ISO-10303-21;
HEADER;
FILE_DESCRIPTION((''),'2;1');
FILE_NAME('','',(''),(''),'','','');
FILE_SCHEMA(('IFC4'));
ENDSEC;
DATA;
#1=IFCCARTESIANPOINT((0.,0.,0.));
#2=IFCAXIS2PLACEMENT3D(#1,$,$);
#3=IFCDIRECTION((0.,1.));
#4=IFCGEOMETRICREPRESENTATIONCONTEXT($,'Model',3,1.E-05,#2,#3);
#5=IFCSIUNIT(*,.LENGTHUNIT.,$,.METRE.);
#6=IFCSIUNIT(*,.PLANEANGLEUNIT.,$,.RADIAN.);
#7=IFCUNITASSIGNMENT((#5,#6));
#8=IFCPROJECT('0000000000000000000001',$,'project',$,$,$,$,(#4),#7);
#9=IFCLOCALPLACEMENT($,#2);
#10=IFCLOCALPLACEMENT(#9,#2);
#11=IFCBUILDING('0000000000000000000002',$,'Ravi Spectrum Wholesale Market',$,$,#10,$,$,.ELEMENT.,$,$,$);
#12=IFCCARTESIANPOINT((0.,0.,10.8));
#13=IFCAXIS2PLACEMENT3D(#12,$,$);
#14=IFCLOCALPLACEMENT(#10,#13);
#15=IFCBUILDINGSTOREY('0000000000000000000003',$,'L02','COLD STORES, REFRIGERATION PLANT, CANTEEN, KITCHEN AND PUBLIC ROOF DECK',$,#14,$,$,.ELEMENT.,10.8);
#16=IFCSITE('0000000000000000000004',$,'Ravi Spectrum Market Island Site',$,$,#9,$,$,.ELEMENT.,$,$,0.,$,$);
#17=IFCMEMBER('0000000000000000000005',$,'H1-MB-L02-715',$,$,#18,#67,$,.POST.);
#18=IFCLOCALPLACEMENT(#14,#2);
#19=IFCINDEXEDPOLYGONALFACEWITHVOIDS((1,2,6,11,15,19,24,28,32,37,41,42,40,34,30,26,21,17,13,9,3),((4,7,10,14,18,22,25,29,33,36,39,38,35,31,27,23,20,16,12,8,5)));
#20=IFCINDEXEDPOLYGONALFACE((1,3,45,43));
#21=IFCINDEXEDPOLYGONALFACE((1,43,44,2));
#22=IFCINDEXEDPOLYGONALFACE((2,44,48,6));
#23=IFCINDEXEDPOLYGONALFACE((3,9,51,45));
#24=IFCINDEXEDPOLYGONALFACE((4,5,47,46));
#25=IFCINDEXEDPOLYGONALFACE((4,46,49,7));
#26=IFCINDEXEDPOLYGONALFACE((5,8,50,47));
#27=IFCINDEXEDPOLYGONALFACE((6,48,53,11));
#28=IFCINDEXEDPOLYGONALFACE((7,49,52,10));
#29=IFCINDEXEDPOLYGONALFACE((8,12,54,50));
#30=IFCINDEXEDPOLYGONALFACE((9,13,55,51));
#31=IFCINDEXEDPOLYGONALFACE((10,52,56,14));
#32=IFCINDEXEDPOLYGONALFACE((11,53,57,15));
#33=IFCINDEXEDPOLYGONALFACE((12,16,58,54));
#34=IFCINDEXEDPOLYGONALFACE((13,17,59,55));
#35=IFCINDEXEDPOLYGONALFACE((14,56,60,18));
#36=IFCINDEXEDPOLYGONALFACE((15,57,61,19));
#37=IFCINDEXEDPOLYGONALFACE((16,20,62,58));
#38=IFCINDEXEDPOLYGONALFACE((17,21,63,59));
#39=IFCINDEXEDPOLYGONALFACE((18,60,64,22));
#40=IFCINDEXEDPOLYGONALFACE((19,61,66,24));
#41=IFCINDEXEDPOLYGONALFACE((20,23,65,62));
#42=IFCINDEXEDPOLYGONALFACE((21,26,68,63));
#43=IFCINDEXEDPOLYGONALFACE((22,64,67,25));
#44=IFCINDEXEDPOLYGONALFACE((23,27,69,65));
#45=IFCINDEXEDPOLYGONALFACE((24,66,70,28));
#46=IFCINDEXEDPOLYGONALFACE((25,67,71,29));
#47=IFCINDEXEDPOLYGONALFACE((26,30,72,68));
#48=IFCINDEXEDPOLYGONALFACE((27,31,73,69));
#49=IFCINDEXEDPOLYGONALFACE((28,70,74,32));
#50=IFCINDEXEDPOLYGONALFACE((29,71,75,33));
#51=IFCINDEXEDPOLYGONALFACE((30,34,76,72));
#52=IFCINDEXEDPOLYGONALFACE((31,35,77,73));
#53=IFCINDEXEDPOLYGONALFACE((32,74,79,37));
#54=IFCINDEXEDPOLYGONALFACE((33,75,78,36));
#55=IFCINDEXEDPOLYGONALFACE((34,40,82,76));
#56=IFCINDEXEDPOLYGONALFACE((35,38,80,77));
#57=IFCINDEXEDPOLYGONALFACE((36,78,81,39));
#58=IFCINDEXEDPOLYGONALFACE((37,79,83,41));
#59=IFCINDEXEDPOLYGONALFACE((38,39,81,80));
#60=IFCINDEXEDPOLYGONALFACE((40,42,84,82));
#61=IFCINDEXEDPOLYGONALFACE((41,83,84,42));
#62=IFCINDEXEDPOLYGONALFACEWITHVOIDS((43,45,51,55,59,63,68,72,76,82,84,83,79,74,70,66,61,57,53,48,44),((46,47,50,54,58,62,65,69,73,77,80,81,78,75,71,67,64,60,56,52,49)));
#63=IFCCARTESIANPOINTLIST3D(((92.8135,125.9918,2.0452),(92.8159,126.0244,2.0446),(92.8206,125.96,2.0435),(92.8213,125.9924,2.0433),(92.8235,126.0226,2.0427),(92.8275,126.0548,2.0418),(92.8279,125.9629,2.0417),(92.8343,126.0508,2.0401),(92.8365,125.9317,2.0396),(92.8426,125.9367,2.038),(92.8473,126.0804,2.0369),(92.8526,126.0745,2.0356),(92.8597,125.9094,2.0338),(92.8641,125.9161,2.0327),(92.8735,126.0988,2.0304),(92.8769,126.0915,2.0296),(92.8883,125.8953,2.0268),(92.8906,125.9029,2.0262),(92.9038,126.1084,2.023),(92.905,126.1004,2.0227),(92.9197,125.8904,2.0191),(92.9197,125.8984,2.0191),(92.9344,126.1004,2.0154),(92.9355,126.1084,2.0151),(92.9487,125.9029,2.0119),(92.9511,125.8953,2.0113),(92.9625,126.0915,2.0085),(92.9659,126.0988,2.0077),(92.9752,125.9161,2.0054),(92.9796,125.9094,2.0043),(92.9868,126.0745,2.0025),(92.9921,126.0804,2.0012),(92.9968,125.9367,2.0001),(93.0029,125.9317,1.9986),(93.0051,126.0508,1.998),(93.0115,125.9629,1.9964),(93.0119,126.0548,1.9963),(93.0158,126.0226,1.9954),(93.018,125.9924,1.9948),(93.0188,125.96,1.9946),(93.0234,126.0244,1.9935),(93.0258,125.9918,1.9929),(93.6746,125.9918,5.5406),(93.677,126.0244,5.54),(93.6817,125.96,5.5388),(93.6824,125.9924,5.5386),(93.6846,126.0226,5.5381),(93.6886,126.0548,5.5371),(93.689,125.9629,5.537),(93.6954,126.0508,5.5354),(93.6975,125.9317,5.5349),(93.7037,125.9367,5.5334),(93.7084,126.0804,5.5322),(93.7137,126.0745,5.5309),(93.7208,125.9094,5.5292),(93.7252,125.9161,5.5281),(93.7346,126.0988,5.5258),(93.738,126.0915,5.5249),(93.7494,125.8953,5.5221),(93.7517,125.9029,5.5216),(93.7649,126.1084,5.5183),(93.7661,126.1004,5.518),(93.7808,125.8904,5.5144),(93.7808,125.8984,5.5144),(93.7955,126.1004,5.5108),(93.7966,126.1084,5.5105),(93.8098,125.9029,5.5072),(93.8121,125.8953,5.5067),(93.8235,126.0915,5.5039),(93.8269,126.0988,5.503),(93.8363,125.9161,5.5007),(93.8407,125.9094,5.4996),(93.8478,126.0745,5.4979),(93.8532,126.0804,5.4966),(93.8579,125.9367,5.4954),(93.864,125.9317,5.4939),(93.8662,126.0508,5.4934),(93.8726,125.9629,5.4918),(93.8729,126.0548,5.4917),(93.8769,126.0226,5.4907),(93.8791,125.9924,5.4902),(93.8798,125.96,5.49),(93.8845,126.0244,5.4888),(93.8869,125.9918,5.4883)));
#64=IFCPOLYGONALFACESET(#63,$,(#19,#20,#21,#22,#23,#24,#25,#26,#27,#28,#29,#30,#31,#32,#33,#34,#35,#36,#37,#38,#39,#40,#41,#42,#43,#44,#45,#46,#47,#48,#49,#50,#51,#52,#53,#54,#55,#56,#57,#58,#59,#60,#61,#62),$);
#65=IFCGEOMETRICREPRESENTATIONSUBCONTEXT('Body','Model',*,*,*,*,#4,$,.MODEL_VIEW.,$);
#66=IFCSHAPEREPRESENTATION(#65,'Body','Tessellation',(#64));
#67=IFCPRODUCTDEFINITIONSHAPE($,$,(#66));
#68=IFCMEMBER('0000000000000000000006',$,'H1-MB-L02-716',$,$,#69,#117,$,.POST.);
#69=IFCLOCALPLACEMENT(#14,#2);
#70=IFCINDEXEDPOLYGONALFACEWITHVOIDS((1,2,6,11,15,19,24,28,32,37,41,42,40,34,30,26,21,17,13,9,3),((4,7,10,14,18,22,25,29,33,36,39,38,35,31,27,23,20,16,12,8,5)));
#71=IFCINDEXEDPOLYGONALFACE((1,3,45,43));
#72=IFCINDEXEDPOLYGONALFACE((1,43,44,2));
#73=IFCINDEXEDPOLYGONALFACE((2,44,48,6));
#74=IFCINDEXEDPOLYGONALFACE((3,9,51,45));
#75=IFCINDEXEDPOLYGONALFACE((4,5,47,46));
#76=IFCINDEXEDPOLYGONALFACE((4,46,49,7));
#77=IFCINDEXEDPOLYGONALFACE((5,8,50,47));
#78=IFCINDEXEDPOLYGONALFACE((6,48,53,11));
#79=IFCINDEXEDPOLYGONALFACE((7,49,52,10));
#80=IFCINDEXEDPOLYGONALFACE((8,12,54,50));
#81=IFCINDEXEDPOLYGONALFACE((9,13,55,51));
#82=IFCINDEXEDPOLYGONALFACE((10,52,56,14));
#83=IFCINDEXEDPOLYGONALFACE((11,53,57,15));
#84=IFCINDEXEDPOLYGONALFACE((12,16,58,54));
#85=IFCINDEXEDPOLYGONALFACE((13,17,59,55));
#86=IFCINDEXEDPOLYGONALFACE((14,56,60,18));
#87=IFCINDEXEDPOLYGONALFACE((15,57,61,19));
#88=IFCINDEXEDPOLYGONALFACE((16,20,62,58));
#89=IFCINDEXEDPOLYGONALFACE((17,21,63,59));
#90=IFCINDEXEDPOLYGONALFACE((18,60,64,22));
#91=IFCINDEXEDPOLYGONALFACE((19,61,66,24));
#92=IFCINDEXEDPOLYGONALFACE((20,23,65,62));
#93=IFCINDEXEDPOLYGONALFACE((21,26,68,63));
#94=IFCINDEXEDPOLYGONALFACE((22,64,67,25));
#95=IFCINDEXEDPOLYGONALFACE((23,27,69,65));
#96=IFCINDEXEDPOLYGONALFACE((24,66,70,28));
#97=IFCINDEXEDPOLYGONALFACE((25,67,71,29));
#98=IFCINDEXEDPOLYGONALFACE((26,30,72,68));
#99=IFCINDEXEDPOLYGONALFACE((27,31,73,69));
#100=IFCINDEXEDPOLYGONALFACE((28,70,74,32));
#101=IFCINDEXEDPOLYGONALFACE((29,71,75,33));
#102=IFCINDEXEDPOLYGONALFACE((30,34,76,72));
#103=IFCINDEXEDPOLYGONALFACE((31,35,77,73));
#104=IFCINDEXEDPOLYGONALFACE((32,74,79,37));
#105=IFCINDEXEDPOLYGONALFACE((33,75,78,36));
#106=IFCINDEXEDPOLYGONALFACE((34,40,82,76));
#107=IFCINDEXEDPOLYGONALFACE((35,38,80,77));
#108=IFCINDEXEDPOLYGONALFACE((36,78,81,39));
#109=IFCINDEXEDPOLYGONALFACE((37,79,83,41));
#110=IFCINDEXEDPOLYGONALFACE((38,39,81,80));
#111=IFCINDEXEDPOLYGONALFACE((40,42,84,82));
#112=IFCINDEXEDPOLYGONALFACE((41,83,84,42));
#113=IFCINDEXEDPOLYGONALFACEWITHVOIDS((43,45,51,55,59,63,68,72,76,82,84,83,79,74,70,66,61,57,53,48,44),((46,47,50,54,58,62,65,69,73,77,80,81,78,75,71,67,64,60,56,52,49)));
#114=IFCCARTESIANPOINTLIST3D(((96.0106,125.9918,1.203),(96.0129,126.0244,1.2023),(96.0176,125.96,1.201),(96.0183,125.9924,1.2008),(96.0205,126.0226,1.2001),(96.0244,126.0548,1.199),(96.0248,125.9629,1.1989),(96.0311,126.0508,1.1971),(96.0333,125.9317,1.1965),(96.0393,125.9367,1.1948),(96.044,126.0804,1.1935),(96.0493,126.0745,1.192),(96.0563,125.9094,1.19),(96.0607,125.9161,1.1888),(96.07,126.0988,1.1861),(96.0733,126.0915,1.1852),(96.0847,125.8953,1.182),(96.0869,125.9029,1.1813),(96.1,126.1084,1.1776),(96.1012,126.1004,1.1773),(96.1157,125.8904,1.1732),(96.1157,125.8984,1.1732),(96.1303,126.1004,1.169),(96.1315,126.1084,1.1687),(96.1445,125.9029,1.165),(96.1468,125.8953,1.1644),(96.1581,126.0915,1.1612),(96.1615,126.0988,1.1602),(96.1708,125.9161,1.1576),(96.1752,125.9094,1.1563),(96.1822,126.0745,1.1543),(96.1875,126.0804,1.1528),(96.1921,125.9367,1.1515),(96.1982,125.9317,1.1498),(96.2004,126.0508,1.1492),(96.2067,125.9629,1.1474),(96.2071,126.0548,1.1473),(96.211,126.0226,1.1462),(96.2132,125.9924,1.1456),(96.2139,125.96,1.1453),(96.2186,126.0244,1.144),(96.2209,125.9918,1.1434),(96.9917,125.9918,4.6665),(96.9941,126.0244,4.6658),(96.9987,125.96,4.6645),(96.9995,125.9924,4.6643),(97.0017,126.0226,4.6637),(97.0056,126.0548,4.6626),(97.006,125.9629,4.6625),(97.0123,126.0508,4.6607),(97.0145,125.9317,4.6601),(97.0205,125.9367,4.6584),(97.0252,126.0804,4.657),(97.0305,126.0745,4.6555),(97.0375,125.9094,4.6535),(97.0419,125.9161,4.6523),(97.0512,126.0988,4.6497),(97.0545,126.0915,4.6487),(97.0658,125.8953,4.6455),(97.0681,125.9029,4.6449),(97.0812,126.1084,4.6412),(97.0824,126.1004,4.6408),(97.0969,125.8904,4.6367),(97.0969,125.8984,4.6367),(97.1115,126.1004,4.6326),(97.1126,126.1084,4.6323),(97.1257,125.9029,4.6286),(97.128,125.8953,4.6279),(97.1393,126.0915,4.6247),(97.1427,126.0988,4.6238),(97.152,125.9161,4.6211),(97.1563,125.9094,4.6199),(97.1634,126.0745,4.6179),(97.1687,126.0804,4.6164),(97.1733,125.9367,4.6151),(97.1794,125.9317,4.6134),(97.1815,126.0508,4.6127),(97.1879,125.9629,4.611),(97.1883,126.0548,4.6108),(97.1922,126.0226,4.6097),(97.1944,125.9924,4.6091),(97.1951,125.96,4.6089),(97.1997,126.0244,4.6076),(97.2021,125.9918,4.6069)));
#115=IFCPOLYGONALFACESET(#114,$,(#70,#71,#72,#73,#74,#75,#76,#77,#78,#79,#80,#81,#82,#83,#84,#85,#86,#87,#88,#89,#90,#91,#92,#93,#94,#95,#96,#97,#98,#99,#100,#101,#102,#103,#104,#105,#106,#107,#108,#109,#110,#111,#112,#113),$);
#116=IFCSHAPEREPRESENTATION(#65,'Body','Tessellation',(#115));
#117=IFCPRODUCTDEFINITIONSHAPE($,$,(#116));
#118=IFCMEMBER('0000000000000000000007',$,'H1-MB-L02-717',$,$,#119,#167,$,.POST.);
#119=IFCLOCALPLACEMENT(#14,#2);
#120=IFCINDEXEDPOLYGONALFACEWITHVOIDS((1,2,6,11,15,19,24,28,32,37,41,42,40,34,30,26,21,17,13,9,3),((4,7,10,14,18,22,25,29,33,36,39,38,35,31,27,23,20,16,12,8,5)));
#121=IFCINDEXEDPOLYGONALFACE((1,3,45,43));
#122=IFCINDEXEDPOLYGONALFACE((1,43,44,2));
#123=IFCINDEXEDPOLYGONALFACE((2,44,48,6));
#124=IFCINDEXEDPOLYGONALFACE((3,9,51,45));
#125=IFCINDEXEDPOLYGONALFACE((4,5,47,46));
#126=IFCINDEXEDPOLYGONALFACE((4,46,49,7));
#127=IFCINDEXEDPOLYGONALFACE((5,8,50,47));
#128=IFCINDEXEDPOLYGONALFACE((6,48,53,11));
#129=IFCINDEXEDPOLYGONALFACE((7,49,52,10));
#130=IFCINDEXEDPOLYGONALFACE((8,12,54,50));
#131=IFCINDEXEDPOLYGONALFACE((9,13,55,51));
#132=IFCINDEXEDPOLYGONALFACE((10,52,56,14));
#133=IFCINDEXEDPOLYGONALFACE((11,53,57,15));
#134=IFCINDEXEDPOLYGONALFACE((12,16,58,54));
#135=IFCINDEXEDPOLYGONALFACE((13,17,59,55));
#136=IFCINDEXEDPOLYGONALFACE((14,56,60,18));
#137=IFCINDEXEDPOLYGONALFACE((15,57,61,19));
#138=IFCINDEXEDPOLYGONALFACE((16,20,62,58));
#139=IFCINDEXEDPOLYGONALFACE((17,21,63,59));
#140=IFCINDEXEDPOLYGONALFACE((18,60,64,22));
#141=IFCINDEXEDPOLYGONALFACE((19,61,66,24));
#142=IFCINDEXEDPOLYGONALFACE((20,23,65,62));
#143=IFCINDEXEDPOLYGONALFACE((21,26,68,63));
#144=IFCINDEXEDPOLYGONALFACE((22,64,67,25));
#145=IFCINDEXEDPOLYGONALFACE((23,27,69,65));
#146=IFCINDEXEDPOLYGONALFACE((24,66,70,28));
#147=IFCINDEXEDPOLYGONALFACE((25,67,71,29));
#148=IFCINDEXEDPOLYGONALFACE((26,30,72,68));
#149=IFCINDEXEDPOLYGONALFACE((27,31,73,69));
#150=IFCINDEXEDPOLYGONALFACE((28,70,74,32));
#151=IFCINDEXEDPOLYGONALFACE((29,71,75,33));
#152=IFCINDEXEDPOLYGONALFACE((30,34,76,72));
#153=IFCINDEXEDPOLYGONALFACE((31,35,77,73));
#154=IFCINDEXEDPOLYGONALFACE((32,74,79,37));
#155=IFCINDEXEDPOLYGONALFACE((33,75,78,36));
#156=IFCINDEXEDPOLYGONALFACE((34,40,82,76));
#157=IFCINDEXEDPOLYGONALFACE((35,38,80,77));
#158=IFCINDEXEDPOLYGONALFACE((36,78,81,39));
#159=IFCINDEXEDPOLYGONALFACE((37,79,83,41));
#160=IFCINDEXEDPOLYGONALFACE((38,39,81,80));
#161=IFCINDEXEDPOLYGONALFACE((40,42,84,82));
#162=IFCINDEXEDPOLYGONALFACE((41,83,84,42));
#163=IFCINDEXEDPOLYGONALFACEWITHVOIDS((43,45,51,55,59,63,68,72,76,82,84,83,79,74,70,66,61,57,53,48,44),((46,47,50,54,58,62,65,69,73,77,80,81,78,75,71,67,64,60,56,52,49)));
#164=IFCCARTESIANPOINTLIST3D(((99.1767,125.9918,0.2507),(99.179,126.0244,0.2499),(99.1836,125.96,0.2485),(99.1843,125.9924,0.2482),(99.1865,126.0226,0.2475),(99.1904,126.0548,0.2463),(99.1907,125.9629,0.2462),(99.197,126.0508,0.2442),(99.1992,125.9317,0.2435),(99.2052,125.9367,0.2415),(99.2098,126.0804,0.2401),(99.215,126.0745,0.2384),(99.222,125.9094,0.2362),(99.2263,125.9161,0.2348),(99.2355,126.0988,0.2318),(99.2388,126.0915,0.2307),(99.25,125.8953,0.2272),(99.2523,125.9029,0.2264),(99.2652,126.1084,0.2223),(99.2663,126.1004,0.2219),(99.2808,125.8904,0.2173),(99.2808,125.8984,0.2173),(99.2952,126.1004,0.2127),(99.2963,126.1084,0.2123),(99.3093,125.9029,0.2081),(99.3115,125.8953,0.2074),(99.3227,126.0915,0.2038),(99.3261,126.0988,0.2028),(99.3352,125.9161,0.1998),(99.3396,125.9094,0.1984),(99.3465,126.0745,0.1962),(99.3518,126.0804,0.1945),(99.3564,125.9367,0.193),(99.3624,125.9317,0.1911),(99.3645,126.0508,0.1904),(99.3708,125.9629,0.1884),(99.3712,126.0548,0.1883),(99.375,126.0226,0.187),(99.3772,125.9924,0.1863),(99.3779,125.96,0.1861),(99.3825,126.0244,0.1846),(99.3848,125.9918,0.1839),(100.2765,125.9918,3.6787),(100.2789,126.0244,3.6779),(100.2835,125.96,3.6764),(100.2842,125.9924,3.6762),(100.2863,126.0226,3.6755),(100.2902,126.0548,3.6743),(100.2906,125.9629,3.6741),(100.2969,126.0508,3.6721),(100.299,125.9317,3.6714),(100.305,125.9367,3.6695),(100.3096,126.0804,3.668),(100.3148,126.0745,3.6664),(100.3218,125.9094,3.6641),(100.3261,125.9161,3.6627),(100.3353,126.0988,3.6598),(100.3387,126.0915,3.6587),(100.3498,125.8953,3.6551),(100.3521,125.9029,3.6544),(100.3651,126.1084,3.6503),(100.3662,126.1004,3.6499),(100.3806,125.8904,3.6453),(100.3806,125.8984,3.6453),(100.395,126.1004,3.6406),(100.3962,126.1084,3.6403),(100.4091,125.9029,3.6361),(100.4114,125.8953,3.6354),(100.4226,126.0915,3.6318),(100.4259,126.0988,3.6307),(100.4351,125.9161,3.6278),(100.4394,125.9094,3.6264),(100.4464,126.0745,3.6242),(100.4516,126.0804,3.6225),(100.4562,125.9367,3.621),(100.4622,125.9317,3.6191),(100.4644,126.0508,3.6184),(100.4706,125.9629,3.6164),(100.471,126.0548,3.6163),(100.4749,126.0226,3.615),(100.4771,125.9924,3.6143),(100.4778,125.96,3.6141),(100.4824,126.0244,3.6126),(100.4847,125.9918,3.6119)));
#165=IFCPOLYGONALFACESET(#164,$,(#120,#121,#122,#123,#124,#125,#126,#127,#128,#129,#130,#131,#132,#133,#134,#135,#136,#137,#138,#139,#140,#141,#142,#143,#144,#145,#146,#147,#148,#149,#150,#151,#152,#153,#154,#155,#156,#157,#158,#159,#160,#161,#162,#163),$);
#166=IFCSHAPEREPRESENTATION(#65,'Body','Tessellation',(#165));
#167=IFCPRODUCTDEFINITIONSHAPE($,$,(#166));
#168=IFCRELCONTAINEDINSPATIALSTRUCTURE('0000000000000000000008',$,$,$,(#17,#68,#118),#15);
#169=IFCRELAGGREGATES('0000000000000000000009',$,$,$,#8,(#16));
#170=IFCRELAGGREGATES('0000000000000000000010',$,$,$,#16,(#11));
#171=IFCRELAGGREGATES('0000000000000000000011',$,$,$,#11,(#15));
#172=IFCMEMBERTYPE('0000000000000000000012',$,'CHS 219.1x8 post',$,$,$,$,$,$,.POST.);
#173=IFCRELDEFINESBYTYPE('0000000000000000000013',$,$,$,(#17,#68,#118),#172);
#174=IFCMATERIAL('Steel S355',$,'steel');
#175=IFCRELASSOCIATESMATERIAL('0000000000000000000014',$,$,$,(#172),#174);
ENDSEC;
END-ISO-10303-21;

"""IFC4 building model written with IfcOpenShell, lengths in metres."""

from ifc_helpers import new_model, si_unit, direction, frame, origin, origin_2d, place, context, subcontext, project, spatial, hollow_circle, extrude, material, material_profile, profile_set, type_object, element, save


model = new_model("IFC4")

# Units and contexts
model_context = context("Model", 3, precision=1e-05, world=origin(), true_north=direction((0.0, 1.0)))
body_context = subcontext(model_context, "Body", "Model", "MODEL_VIEW")
ifc_project = project(units=[si_unit("LENGTHUNIT", "METRE"), si_unit("PLANEANGLEUNIT", "RADIAN")], contexts=[model_context])

# Site, building, storey
site_placement = place(None, origin())
site = spatial("IfcSite", under=ifc_project, at=site_placement, Name="Ravi Spectrum Market Island Site", CompositionType="ELEMENT", RefElevation=0.0)
building_placement = place(site_placement, origin())
building = spatial("IfcBuilding", under=site, at=building_placement, Name="Ravi Spectrum Wholesale Market", CompositionType="ELEMENT")
storey_placement = place(building_placement, frame((0.0, 0.0, 10.8)))
storey = spatial("IfcBuildingStorey", under=building, at=storey_placement, Name="L02", Description="COLD STORES, REFRIGERATION PLANT, CANTEEN, KITCHEN AND PUBLIC ROOF DECK", CompositionType="ELEMENT", Elevation=10.8)

# Members
ifc_material_1 = material(Name="Steel S355", Category="steel")
ifc_material_profile_1 = material_profile(ifc_material_1, hollow_circle(Radius=0.1096, WallThickness=0.0081, at=origin_2d()))
ifc_profile_set_1 = profile_set([ifc_material_profile_1], Name="Steel S355")
member_type_1 = type_object("IfcMemberType", Name="CHS 219.1x8 post", PredefinedType="POST", material=ifc_profile_set_1)
for number, where, z_axis, x_axis, name in (
    (1, (93.7808, 126.0, 5.5144), (-0.239199, 0.0, -0.970971), (0.0, -1.0, 0.0), "H1-MB-L02-715"),
    (2, (97.0969, 126.0, 4.6367), (-0.272562, 0.0, -0.962138), (0.0, -1.0, 0.0), "H1-MB-L02-716"),
):
    element("IfcMember", number, at=place(storey_placement, frame(where, z_axis=z_axis, x_axis=x_axis)), inside=storey, type_object=member_type_1, Name=name, PredefinedType="POST", context=body_context, shape_type="SweptSolid", body=[
        extrude(hollow_circle(Radius=0.1096, WallThickness=0.0081, at=origin_2d()), origin(), (0.0, 0.0, 1.0), 3.5999),
    ])
member_1_placement = place(storey_placement, frame((100.3806, 126.0, 3.6453), z_axis=(-0.305506, 0.0, -0.95219), x_axis=(0.0, -1.0, 0.0)))
element("IfcMember", 3, at=member_1_placement, inside=storey, type_object=member_type_1, Name="H1-MB-L02-717", PredefinedType="POST", context=body_context, shape_type="SweptSolid", body=[
    extrude(hollow_circle(Radius=0.1096, WallThickness=0.0081, at=origin_2d()), origin(), (0.0, 0.0, 1.0), 3.6001),
])

save(model, "model.ifc")
